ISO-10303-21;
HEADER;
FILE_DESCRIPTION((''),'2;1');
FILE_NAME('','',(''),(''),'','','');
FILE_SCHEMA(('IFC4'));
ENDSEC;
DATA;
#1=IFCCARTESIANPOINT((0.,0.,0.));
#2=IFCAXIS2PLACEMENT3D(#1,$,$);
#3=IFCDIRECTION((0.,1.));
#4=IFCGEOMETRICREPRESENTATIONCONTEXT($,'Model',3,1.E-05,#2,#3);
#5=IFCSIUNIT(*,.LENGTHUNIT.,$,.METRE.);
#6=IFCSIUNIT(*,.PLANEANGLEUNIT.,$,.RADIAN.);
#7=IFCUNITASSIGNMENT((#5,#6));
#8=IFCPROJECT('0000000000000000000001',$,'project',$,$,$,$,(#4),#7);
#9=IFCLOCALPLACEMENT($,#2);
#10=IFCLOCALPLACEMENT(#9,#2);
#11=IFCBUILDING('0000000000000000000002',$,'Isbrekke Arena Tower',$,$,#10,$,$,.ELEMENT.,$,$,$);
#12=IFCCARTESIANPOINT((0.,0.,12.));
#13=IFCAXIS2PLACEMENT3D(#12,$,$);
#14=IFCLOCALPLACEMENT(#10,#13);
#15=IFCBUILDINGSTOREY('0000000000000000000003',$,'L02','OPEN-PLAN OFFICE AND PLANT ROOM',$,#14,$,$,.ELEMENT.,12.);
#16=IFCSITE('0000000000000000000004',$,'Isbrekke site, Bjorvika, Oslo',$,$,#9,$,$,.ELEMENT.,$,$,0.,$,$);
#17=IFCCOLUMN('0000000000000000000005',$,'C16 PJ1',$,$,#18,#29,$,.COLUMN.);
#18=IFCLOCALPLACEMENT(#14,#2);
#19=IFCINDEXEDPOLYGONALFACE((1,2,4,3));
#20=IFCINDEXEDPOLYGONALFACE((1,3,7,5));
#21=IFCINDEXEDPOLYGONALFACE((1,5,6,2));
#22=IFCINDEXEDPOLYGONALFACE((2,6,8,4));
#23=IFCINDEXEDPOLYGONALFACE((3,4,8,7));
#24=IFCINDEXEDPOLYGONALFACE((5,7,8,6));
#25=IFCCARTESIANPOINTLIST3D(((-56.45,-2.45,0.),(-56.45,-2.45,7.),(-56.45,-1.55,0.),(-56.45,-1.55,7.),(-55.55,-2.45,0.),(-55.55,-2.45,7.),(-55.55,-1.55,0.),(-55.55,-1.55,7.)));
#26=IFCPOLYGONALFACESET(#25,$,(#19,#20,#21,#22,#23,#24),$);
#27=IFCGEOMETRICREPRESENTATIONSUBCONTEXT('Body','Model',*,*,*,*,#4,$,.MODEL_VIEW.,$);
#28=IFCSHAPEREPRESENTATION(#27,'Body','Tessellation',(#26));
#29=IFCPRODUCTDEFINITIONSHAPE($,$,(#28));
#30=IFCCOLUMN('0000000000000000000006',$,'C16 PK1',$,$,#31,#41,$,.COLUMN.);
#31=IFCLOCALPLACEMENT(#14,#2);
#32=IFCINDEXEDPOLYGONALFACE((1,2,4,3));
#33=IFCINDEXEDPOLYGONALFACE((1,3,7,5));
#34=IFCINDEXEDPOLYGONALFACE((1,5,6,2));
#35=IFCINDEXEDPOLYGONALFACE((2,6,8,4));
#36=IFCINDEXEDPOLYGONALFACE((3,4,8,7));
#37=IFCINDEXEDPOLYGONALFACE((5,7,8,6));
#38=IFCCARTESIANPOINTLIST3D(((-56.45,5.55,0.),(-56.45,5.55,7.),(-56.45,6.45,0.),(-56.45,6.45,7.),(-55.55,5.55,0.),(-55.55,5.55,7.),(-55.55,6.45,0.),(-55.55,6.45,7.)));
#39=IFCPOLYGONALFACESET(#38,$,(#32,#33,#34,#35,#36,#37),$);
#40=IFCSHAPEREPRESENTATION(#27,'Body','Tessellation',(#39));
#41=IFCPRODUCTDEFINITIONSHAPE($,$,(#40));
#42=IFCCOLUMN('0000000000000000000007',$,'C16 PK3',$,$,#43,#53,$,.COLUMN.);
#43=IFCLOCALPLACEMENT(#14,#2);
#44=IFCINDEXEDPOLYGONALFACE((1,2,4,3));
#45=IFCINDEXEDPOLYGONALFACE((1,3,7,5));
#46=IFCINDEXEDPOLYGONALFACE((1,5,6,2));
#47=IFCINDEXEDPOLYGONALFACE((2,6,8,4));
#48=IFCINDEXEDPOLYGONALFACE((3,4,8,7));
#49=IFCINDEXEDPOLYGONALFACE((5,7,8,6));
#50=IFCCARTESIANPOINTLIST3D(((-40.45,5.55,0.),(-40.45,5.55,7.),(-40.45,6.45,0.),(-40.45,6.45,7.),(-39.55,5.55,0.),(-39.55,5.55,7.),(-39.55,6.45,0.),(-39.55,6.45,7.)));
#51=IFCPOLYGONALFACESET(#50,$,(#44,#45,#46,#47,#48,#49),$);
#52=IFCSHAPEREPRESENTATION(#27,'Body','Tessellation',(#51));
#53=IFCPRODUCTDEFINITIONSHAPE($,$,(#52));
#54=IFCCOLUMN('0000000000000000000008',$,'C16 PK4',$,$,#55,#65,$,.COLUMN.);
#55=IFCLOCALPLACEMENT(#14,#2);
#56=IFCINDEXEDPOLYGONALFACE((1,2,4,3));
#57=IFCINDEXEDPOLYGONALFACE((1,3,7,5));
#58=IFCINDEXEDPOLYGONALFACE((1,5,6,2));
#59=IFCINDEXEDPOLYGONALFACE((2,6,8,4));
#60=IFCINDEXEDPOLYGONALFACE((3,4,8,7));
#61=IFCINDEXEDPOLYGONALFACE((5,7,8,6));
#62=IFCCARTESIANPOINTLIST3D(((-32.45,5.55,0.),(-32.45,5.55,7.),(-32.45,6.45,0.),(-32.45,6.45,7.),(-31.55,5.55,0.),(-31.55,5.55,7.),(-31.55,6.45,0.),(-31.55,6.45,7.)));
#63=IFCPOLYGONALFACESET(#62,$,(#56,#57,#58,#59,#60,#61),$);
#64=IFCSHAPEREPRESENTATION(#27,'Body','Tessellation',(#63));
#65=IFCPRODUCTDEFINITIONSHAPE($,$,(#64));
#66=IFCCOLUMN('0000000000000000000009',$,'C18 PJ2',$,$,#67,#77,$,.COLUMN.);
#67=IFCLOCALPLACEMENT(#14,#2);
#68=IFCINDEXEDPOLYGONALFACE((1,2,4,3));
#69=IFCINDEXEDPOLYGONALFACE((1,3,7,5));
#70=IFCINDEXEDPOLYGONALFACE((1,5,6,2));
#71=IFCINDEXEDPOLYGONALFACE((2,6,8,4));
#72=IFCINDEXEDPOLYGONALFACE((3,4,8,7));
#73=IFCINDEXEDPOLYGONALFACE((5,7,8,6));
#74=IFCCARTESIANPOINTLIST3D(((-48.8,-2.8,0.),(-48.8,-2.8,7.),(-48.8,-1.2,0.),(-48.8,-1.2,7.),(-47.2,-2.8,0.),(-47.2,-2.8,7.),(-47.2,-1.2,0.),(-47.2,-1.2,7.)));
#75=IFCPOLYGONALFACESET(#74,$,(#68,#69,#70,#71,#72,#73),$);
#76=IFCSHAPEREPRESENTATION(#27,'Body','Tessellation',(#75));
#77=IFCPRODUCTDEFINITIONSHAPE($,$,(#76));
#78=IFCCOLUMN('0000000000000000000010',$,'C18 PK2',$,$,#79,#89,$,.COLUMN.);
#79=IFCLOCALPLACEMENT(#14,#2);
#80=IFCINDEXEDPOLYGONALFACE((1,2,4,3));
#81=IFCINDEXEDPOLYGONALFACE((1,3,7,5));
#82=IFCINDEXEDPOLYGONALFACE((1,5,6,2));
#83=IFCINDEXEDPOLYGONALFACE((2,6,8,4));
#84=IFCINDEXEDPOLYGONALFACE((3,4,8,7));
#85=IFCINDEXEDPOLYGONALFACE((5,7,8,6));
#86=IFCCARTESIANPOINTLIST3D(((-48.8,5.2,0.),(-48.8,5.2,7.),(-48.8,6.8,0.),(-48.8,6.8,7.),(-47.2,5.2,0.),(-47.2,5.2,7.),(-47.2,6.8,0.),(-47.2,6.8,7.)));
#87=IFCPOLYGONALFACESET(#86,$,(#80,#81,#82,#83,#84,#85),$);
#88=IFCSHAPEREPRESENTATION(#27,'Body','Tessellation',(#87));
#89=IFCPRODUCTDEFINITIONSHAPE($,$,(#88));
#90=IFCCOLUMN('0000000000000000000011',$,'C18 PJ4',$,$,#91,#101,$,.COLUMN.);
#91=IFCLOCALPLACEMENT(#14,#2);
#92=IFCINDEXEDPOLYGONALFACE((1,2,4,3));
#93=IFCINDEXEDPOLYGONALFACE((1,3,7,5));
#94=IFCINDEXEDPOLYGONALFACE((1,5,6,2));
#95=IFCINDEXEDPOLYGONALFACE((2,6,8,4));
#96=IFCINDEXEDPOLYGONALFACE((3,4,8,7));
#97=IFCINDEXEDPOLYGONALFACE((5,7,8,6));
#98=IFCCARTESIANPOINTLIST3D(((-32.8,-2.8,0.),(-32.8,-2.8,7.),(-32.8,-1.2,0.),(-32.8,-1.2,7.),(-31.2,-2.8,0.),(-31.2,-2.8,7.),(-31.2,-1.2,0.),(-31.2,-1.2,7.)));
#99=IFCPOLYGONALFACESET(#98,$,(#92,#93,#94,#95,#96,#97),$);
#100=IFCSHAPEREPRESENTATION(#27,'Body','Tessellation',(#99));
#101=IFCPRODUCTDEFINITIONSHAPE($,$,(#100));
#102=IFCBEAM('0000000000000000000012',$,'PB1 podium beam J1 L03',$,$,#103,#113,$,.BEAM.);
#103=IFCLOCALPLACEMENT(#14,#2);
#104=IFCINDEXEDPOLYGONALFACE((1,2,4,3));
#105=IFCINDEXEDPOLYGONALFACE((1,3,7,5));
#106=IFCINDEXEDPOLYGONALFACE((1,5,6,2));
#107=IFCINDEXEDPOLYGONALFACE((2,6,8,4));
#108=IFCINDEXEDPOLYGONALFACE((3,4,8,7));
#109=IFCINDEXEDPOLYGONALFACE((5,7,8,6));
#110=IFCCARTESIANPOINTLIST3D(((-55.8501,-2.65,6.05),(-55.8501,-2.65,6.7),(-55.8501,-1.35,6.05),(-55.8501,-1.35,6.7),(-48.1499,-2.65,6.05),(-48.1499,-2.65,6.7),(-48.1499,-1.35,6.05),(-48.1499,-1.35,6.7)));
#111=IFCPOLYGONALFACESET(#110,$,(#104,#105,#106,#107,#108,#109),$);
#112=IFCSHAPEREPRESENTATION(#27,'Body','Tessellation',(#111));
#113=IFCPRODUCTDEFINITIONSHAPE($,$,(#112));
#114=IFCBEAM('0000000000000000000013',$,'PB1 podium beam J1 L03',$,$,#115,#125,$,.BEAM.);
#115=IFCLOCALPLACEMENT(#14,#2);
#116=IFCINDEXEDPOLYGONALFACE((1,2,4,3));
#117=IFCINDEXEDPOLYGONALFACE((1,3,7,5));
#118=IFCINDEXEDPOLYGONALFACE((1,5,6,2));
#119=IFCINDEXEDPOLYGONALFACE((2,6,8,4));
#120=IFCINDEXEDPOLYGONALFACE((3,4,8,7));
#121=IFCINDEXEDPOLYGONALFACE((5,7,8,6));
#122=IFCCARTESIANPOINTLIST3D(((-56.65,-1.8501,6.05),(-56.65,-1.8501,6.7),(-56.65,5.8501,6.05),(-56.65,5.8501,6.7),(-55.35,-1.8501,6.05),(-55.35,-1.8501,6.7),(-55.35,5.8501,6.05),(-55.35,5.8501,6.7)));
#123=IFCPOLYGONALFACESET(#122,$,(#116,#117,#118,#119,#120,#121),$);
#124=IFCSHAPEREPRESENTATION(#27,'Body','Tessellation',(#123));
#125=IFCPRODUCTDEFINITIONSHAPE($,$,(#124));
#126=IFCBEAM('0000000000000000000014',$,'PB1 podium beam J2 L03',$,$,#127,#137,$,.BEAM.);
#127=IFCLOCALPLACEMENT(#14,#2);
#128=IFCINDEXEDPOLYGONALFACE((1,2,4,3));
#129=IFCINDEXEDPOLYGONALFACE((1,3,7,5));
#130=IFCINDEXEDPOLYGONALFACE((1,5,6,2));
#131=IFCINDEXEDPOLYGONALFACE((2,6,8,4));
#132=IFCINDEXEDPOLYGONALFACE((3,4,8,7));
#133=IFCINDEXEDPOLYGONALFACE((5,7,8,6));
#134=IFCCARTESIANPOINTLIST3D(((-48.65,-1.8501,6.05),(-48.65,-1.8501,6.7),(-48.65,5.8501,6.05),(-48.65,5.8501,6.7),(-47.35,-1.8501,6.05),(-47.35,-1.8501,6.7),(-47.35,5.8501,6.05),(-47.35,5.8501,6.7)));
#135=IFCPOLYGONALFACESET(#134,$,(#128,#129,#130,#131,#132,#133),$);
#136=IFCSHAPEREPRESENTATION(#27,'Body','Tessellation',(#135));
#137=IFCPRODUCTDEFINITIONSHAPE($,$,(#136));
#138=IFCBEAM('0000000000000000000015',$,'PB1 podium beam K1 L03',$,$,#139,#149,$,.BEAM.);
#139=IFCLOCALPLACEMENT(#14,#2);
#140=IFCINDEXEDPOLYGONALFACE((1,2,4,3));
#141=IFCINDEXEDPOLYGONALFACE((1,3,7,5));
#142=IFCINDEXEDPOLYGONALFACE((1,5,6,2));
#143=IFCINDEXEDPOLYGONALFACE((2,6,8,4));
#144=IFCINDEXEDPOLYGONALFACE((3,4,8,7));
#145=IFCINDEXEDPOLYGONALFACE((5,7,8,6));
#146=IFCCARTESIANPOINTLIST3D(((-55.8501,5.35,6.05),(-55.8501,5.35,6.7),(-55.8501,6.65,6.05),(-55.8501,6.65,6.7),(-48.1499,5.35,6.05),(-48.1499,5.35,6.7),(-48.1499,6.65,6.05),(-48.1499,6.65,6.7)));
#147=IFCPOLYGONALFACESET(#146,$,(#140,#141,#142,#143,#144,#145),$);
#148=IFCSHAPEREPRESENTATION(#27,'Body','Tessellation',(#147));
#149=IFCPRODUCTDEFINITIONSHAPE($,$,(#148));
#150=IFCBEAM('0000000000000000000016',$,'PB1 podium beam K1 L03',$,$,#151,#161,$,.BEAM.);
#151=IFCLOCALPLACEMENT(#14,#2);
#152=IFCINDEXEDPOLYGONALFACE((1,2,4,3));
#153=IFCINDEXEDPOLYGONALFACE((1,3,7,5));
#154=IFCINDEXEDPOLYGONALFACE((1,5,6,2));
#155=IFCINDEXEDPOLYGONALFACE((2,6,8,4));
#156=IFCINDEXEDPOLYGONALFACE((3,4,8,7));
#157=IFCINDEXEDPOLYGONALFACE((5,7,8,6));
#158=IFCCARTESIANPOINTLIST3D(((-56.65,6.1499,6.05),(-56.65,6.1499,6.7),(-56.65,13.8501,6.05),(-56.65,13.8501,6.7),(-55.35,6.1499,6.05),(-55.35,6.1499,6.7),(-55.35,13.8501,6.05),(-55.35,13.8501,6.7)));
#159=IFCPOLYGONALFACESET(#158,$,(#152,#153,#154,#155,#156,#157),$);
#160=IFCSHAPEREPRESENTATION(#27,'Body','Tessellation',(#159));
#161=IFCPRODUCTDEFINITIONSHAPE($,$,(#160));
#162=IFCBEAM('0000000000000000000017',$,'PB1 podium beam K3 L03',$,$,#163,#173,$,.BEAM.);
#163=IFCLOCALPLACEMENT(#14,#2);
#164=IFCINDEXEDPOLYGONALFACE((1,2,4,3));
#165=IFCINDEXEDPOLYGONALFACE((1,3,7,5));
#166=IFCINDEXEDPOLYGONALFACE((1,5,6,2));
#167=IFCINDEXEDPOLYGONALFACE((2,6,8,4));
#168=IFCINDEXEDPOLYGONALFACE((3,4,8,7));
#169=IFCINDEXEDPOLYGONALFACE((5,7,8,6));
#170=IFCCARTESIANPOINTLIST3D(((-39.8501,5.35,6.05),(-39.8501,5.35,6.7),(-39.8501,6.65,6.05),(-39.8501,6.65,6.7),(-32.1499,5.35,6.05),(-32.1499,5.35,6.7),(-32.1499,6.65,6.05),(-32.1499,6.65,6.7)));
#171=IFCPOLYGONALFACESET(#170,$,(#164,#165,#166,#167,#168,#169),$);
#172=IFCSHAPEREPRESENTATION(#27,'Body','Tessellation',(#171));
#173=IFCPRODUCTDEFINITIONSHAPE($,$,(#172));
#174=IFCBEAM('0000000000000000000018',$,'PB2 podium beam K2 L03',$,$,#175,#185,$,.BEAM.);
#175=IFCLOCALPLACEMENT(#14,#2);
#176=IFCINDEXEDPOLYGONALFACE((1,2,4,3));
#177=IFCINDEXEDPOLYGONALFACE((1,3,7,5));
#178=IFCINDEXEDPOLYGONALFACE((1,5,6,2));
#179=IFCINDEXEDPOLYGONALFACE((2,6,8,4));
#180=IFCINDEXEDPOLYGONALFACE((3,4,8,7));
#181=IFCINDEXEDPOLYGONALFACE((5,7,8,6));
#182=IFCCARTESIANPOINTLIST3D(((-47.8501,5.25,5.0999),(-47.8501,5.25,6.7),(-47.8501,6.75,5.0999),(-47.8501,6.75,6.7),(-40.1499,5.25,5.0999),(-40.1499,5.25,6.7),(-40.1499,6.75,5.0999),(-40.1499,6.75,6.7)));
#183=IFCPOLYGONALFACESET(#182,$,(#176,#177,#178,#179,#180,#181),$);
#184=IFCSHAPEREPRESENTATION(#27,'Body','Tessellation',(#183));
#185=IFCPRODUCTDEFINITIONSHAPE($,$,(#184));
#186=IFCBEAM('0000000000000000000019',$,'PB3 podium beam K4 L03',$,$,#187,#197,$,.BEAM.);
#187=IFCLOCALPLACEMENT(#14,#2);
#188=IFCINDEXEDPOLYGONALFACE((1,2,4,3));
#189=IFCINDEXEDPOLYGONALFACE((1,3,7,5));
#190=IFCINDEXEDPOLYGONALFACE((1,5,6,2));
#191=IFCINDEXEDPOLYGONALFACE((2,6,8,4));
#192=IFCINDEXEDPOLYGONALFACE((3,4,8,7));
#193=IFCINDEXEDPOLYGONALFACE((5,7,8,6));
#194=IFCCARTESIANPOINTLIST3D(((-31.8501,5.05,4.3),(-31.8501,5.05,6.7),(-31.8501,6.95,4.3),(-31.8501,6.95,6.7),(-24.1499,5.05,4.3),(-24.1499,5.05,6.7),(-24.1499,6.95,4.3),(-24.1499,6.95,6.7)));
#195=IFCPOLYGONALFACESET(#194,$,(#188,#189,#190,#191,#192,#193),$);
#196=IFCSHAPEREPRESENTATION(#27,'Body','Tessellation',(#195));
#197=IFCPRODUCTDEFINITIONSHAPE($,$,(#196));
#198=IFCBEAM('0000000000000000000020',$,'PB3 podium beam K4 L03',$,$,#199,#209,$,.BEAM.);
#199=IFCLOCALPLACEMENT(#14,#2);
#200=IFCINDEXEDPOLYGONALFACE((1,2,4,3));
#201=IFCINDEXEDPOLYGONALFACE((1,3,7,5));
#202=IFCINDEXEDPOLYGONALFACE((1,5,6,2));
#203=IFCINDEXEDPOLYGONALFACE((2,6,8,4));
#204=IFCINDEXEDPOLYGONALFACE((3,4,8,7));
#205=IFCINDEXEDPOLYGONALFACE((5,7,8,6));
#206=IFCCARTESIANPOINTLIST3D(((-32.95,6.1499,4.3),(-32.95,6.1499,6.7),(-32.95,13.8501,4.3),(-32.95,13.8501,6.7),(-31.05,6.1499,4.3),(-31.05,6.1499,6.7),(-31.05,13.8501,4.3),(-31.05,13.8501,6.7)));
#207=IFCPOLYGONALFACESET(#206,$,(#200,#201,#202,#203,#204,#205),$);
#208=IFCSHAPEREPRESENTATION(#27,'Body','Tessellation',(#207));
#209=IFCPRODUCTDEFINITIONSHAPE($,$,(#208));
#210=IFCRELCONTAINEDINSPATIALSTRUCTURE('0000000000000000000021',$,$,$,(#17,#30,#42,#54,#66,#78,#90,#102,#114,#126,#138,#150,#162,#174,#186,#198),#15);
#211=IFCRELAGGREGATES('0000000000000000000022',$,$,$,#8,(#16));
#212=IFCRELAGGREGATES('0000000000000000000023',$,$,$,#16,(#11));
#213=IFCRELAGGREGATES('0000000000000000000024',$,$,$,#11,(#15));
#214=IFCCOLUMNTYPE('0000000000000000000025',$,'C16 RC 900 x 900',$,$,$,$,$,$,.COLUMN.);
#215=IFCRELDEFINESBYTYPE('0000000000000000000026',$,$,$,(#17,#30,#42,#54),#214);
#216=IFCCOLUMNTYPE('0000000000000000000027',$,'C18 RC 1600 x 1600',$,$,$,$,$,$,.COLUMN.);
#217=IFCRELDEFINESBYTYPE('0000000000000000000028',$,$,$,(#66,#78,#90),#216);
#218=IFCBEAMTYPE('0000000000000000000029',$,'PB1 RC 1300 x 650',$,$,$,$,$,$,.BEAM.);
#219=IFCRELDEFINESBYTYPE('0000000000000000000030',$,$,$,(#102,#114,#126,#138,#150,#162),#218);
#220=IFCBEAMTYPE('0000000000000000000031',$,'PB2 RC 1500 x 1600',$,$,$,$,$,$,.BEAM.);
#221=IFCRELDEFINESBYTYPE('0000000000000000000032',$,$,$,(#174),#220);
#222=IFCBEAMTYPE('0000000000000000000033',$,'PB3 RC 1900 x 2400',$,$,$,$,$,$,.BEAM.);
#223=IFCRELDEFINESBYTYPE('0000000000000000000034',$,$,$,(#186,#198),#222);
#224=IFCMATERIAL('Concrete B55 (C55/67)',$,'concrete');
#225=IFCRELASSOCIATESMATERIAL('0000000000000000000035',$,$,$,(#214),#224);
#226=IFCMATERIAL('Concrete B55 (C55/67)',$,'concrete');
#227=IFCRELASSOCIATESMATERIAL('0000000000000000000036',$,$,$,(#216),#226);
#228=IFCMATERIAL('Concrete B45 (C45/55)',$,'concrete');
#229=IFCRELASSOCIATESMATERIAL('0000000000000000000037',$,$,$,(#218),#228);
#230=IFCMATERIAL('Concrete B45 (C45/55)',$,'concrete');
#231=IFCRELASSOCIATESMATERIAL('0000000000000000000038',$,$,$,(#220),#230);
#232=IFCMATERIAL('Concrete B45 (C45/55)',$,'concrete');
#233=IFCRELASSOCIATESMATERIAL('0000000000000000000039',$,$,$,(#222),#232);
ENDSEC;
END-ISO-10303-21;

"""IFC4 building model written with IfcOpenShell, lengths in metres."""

from ifc_helpers import new_model, si_unit, direction, frame, origin, origin_2d, place, context, subcontext, project, spatial, rectangle, extrude, material, material_profile, profile_set, type_object, element, save


model = new_model("IFC4")

# Units and contexts
model_context = context("Model", 3, precision=1e-05, world=origin(), true_north=direction((0.0, 1.0)))
body_context = subcontext(model_context, "Body", "Model", "MODEL_VIEW")
ifc_project = project(units=[si_unit("LENGTHUNIT", "METRE"), si_unit("PLANEANGLEUNIT", "RADIAN")], contexts=[model_context])

# Site, building, storey
site_placement = place(None, origin())
site = spatial("IfcSite", under=ifc_project, at=site_placement, Name="Isbrekke site, Bjorvika, Oslo", CompositionType="ELEMENT", RefElevation=0.0)
building_placement = place(site_placement, origin())
building = spatial("IfcBuilding", under=site, at=building_placement, Name="Isbrekke Arena Tower", CompositionType="ELEMENT")
storey_placement = place(building_placement, frame((0.0, 0.0, 12.0)))
storey = spatial("IfcBuildingStorey", under=building, at=storey_placement, Name="L02", Description="OPEN-PLAN OFFICE AND PLANT ROOM", CompositionType="ELEMENT", Elevation=12.0)

# Columns
ifc_material_1 = material(Name="Concrete B55 (C55/67)", Category="concrete")
ifc_material_profile_1 = material_profile(ifc_material_1, rectangle(XDim=0.8999, YDim=0.8999, at=origin_2d()), Name="RC 900x900")
ifc_profile_set_1 = profile_set([ifc_material_profile_1], Name="Concrete B55 (C55/67)")
column_type_1 = type_object("IfcColumnType", Name="C16 RC 900 x 900", PredefinedType="COLUMN", material=ifc_profile_set_1)
for number, where, z_axis, x_axis, name in (
    (1, (-56.0, -2.0, 0.0), (0.0, 0.0, 1.0), (1.0, 0.0, 0.0), "C16 PJ1"),
    (2, (-56.0, 6.0, 0.0), (0.0, 0.0, 1.0), (1.0, 0.0, 0.0), "C16 PK1"),
    (3, (-40.0, 6.0, 0.0), (0.0, 0.0, 1.0), (1.0, 0.0, 0.0), "C16 PK3"),
    (4, (-32.0, 6.0, 0.0), (0.0, 0.0, 1.0), (1.0, 0.0, 0.0), "C16 PK4"),
):
    element("IfcColumn", number, at=place(storey_placement, frame(where, z_axis=z_axis, x_axis=x_axis)), inside=storey, type_object=column_type_1, Name=name, PredefinedType="COLUMN", context=body_context, shape_type="SweptSolid", body=[
        extrude(rectangle(XDim=0.8999, YDim=0.8999, at=origin_2d()), origin(), (0.0, 0.0, 1.0), 7.0),
    ])
ifc_material_2 = material(Name="Concrete B55 (C55/67)", Category="concrete")
ifc_material_profile_2 = material_profile(ifc_material_2, rectangle(XDim=1.6001, YDim=1.6001, at=origin_2d()), Name="RC 1600x1600")
ifc_profile_set_2 = profile_set([ifc_material_profile_2], Name="Concrete B55 (C55/67)")
column_type_2 = type_object("IfcColumnType", Name="C18 RC 1600 x 1600", PredefinedType="COLUMN", material=ifc_profile_set_2)
for number, where, z_axis, x_axis, name in (
    (5, (-48.0, -2.0, 0.0), (0.0, 0.0, 1.0), (1.0, 0.0, 0.0), "C18 PJ2"),
    (6, (-48.0, 6.0, 0.0), (0.0, 0.0, 1.0), (1.0, 0.0, 0.0), "C18 PK2"),
    (7, (-32.0, -2.0, 0.0), (0.0, 0.0, 1.0), (1.0, 0.0, 0.0), "C18 PJ4"),
):
    element("IfcColumn", number, at=place(storey_placement, frame(where, z_axis=z_axis, x_axis=x_axis)), inside=storey, type_object=column_type_2, Name=name, PredefinedType="COLUMN", context=body_context, shape_type="SweptSolid", body=[
        extrude(rectangle(XDim=1.6001, YDim=1.6001, at=origin_2d()), origin(), (0.0, 0.0, 1.0), 7.0),
    ])

# Beams
ifc_material_3 = material(Name="Concrete B45 (C45/55)", Category="concrete")
ifc_material_profile_3 = material_profile(ifc_material_3, rectangle(XDim=1.3, YDim=0.6499, at=origin_2d()), Name="RC 1300x650")
ifc_profile_set_3 = profile_set([ifc_material_profile_3], Name="Concrete B45 (C45/55)")
beam_type_1 = type_object("IfcBeamType", Name="PB1 RC 1300 x 650", PredefinedType="BEAM", material=ifc_profile_set_3)
for number, where, z_axis, x_axis, name in (
    (8, (-55.8501, -2.0, 6.375), (1.0, 0.0, 0.0), (0.0, 1.0, 0.0), "PB1 podium beam J1 L03"),
    (9, (-56.0, -1.8501, 6.375), (0.0, 1.0, 0.0), (-1.0, 0.0, 0.0), "PB1 podium beam J1 L03"),
    (10, (-48.0, -1.8501, 6.375), (0.0, 1.0, 0.0), (-1.0, 0.0, 0.0), "PB1 podium beam J2 L03"),
    (11, (-55.8501, 6.0, 6.375), (1.0, 0.0, 0.0), (0.0, 1.0, 0.0), "PB1 podium beam K1 L03"),
    (12, (-56.0, 6.1499, 6.375), (0.0, 1.0, 0.0), (-1.0, 0.0, 0.0), "PB1 podium beam K1 L03"),
    (13, (-39.8501, 6.0, 6.375), (1.0, 0.0, 0.0), (0.0, 1.0, 0.0), "PB1 podium beam K3 L03"),
):
    element("IfcBeam", number, at=place(storey_placement, frame(where, z_axis=z_axis, x_axis=x_axis)), inside=storey, type_object=beam_type_1, Name=name, PredefinedType="BEAM", context=body_context, shape_type="SweptSolid", body=[
        extrude(rectangle(XDim=1.3, YDim=0.6499, at=origin_2d()), origin(), (0.0, 0.0, 1.0), 7.7002),
    ])
ifc_material_4 = material(Name="Concrete B45 (C45/55)", Category="concrete")
ifc_material_profile_4 = material_profile(ifc_material_4, rectangle(XDim=1.5, YDim=1.6001, at=origin_2d()), Name="RC 1500x1600")
ifc_profile_set_4 = profile_set([ifc_material_profile_4], Name="Concrete B45 (C45/55)")
beam_type_2 = type_object("IfcBeamType", Name="PB2 RC 1500 x 1600", PredefinedType="BEAM", material=ifc_profile_set_4)
beam_placement = place(storey_placement, frame((-47.8501, 6.0, 5.8999), z_axis=(1.0, 0.0, 0.0), x_axis=(0.0, 1.0, 0.0)))
element("IfcBeam", 14, at=beam_placement, inside=storey, type_object=beam_type_2, Name="PB2 podium beam K2 L03", PredefinedType="BEAM", context=body_context, shape_type="SweptSolid", body=[
    extrude(rectangle(XDim=1.5, YDim=1.6001, at=origin_2d()), origin(), (0.0, 0.0, 1.0), 7.7002),
])
ifc_material_5 = material(Name="Concrete B45 (C45/55)", Category="concrete")
ifc_material_profile_5 = material_profile(ifc_material_5, rectangle(XDim=1.8999, YDim=2.3999, at=origin_2d()), Name="RC 1900x2400")
ifc_profile_set_5 = profile_set([ifc_material_profile_5], Name="Concrete B45 (C45/55)")
beam_type_3 = type_object("IfcBeamType", Name="PB3 RC 1900 x 2400", PredefinedType="BEAM", material=ifc_profile_set_5)
for number, where, z_axis, x_axis, name in (
    (15, (-31.8501, 6.0, 5.5), (1.0, 0.0, 0.0), (0.0, 1.0, 0.0), "PB3 podium beam K4 L03"),
    (16, (-32.0, 6.1499, 5.5), (0.0, 1.0, 0.0), (-1.0, 0.0, 0.0), "PB3 podium beam K4 L03"),
):
    element("IfcBeam", number, at=place(storey_placement, frame(where, z_axis=z_axis, x_axis=x_axis)), inside=storey, type_object=beam_type_3, Name=name, PredefinedType="BEAM", context=body_context, shape_type="SweptSolid", body=[
        extrude(rectangle(XDim=1.8999, YDim=2.3999, at=origin_2d()), origin(), (0.0, 0.0, 1.0), 7.7002),
    ])

save(model, "model.ifc")
